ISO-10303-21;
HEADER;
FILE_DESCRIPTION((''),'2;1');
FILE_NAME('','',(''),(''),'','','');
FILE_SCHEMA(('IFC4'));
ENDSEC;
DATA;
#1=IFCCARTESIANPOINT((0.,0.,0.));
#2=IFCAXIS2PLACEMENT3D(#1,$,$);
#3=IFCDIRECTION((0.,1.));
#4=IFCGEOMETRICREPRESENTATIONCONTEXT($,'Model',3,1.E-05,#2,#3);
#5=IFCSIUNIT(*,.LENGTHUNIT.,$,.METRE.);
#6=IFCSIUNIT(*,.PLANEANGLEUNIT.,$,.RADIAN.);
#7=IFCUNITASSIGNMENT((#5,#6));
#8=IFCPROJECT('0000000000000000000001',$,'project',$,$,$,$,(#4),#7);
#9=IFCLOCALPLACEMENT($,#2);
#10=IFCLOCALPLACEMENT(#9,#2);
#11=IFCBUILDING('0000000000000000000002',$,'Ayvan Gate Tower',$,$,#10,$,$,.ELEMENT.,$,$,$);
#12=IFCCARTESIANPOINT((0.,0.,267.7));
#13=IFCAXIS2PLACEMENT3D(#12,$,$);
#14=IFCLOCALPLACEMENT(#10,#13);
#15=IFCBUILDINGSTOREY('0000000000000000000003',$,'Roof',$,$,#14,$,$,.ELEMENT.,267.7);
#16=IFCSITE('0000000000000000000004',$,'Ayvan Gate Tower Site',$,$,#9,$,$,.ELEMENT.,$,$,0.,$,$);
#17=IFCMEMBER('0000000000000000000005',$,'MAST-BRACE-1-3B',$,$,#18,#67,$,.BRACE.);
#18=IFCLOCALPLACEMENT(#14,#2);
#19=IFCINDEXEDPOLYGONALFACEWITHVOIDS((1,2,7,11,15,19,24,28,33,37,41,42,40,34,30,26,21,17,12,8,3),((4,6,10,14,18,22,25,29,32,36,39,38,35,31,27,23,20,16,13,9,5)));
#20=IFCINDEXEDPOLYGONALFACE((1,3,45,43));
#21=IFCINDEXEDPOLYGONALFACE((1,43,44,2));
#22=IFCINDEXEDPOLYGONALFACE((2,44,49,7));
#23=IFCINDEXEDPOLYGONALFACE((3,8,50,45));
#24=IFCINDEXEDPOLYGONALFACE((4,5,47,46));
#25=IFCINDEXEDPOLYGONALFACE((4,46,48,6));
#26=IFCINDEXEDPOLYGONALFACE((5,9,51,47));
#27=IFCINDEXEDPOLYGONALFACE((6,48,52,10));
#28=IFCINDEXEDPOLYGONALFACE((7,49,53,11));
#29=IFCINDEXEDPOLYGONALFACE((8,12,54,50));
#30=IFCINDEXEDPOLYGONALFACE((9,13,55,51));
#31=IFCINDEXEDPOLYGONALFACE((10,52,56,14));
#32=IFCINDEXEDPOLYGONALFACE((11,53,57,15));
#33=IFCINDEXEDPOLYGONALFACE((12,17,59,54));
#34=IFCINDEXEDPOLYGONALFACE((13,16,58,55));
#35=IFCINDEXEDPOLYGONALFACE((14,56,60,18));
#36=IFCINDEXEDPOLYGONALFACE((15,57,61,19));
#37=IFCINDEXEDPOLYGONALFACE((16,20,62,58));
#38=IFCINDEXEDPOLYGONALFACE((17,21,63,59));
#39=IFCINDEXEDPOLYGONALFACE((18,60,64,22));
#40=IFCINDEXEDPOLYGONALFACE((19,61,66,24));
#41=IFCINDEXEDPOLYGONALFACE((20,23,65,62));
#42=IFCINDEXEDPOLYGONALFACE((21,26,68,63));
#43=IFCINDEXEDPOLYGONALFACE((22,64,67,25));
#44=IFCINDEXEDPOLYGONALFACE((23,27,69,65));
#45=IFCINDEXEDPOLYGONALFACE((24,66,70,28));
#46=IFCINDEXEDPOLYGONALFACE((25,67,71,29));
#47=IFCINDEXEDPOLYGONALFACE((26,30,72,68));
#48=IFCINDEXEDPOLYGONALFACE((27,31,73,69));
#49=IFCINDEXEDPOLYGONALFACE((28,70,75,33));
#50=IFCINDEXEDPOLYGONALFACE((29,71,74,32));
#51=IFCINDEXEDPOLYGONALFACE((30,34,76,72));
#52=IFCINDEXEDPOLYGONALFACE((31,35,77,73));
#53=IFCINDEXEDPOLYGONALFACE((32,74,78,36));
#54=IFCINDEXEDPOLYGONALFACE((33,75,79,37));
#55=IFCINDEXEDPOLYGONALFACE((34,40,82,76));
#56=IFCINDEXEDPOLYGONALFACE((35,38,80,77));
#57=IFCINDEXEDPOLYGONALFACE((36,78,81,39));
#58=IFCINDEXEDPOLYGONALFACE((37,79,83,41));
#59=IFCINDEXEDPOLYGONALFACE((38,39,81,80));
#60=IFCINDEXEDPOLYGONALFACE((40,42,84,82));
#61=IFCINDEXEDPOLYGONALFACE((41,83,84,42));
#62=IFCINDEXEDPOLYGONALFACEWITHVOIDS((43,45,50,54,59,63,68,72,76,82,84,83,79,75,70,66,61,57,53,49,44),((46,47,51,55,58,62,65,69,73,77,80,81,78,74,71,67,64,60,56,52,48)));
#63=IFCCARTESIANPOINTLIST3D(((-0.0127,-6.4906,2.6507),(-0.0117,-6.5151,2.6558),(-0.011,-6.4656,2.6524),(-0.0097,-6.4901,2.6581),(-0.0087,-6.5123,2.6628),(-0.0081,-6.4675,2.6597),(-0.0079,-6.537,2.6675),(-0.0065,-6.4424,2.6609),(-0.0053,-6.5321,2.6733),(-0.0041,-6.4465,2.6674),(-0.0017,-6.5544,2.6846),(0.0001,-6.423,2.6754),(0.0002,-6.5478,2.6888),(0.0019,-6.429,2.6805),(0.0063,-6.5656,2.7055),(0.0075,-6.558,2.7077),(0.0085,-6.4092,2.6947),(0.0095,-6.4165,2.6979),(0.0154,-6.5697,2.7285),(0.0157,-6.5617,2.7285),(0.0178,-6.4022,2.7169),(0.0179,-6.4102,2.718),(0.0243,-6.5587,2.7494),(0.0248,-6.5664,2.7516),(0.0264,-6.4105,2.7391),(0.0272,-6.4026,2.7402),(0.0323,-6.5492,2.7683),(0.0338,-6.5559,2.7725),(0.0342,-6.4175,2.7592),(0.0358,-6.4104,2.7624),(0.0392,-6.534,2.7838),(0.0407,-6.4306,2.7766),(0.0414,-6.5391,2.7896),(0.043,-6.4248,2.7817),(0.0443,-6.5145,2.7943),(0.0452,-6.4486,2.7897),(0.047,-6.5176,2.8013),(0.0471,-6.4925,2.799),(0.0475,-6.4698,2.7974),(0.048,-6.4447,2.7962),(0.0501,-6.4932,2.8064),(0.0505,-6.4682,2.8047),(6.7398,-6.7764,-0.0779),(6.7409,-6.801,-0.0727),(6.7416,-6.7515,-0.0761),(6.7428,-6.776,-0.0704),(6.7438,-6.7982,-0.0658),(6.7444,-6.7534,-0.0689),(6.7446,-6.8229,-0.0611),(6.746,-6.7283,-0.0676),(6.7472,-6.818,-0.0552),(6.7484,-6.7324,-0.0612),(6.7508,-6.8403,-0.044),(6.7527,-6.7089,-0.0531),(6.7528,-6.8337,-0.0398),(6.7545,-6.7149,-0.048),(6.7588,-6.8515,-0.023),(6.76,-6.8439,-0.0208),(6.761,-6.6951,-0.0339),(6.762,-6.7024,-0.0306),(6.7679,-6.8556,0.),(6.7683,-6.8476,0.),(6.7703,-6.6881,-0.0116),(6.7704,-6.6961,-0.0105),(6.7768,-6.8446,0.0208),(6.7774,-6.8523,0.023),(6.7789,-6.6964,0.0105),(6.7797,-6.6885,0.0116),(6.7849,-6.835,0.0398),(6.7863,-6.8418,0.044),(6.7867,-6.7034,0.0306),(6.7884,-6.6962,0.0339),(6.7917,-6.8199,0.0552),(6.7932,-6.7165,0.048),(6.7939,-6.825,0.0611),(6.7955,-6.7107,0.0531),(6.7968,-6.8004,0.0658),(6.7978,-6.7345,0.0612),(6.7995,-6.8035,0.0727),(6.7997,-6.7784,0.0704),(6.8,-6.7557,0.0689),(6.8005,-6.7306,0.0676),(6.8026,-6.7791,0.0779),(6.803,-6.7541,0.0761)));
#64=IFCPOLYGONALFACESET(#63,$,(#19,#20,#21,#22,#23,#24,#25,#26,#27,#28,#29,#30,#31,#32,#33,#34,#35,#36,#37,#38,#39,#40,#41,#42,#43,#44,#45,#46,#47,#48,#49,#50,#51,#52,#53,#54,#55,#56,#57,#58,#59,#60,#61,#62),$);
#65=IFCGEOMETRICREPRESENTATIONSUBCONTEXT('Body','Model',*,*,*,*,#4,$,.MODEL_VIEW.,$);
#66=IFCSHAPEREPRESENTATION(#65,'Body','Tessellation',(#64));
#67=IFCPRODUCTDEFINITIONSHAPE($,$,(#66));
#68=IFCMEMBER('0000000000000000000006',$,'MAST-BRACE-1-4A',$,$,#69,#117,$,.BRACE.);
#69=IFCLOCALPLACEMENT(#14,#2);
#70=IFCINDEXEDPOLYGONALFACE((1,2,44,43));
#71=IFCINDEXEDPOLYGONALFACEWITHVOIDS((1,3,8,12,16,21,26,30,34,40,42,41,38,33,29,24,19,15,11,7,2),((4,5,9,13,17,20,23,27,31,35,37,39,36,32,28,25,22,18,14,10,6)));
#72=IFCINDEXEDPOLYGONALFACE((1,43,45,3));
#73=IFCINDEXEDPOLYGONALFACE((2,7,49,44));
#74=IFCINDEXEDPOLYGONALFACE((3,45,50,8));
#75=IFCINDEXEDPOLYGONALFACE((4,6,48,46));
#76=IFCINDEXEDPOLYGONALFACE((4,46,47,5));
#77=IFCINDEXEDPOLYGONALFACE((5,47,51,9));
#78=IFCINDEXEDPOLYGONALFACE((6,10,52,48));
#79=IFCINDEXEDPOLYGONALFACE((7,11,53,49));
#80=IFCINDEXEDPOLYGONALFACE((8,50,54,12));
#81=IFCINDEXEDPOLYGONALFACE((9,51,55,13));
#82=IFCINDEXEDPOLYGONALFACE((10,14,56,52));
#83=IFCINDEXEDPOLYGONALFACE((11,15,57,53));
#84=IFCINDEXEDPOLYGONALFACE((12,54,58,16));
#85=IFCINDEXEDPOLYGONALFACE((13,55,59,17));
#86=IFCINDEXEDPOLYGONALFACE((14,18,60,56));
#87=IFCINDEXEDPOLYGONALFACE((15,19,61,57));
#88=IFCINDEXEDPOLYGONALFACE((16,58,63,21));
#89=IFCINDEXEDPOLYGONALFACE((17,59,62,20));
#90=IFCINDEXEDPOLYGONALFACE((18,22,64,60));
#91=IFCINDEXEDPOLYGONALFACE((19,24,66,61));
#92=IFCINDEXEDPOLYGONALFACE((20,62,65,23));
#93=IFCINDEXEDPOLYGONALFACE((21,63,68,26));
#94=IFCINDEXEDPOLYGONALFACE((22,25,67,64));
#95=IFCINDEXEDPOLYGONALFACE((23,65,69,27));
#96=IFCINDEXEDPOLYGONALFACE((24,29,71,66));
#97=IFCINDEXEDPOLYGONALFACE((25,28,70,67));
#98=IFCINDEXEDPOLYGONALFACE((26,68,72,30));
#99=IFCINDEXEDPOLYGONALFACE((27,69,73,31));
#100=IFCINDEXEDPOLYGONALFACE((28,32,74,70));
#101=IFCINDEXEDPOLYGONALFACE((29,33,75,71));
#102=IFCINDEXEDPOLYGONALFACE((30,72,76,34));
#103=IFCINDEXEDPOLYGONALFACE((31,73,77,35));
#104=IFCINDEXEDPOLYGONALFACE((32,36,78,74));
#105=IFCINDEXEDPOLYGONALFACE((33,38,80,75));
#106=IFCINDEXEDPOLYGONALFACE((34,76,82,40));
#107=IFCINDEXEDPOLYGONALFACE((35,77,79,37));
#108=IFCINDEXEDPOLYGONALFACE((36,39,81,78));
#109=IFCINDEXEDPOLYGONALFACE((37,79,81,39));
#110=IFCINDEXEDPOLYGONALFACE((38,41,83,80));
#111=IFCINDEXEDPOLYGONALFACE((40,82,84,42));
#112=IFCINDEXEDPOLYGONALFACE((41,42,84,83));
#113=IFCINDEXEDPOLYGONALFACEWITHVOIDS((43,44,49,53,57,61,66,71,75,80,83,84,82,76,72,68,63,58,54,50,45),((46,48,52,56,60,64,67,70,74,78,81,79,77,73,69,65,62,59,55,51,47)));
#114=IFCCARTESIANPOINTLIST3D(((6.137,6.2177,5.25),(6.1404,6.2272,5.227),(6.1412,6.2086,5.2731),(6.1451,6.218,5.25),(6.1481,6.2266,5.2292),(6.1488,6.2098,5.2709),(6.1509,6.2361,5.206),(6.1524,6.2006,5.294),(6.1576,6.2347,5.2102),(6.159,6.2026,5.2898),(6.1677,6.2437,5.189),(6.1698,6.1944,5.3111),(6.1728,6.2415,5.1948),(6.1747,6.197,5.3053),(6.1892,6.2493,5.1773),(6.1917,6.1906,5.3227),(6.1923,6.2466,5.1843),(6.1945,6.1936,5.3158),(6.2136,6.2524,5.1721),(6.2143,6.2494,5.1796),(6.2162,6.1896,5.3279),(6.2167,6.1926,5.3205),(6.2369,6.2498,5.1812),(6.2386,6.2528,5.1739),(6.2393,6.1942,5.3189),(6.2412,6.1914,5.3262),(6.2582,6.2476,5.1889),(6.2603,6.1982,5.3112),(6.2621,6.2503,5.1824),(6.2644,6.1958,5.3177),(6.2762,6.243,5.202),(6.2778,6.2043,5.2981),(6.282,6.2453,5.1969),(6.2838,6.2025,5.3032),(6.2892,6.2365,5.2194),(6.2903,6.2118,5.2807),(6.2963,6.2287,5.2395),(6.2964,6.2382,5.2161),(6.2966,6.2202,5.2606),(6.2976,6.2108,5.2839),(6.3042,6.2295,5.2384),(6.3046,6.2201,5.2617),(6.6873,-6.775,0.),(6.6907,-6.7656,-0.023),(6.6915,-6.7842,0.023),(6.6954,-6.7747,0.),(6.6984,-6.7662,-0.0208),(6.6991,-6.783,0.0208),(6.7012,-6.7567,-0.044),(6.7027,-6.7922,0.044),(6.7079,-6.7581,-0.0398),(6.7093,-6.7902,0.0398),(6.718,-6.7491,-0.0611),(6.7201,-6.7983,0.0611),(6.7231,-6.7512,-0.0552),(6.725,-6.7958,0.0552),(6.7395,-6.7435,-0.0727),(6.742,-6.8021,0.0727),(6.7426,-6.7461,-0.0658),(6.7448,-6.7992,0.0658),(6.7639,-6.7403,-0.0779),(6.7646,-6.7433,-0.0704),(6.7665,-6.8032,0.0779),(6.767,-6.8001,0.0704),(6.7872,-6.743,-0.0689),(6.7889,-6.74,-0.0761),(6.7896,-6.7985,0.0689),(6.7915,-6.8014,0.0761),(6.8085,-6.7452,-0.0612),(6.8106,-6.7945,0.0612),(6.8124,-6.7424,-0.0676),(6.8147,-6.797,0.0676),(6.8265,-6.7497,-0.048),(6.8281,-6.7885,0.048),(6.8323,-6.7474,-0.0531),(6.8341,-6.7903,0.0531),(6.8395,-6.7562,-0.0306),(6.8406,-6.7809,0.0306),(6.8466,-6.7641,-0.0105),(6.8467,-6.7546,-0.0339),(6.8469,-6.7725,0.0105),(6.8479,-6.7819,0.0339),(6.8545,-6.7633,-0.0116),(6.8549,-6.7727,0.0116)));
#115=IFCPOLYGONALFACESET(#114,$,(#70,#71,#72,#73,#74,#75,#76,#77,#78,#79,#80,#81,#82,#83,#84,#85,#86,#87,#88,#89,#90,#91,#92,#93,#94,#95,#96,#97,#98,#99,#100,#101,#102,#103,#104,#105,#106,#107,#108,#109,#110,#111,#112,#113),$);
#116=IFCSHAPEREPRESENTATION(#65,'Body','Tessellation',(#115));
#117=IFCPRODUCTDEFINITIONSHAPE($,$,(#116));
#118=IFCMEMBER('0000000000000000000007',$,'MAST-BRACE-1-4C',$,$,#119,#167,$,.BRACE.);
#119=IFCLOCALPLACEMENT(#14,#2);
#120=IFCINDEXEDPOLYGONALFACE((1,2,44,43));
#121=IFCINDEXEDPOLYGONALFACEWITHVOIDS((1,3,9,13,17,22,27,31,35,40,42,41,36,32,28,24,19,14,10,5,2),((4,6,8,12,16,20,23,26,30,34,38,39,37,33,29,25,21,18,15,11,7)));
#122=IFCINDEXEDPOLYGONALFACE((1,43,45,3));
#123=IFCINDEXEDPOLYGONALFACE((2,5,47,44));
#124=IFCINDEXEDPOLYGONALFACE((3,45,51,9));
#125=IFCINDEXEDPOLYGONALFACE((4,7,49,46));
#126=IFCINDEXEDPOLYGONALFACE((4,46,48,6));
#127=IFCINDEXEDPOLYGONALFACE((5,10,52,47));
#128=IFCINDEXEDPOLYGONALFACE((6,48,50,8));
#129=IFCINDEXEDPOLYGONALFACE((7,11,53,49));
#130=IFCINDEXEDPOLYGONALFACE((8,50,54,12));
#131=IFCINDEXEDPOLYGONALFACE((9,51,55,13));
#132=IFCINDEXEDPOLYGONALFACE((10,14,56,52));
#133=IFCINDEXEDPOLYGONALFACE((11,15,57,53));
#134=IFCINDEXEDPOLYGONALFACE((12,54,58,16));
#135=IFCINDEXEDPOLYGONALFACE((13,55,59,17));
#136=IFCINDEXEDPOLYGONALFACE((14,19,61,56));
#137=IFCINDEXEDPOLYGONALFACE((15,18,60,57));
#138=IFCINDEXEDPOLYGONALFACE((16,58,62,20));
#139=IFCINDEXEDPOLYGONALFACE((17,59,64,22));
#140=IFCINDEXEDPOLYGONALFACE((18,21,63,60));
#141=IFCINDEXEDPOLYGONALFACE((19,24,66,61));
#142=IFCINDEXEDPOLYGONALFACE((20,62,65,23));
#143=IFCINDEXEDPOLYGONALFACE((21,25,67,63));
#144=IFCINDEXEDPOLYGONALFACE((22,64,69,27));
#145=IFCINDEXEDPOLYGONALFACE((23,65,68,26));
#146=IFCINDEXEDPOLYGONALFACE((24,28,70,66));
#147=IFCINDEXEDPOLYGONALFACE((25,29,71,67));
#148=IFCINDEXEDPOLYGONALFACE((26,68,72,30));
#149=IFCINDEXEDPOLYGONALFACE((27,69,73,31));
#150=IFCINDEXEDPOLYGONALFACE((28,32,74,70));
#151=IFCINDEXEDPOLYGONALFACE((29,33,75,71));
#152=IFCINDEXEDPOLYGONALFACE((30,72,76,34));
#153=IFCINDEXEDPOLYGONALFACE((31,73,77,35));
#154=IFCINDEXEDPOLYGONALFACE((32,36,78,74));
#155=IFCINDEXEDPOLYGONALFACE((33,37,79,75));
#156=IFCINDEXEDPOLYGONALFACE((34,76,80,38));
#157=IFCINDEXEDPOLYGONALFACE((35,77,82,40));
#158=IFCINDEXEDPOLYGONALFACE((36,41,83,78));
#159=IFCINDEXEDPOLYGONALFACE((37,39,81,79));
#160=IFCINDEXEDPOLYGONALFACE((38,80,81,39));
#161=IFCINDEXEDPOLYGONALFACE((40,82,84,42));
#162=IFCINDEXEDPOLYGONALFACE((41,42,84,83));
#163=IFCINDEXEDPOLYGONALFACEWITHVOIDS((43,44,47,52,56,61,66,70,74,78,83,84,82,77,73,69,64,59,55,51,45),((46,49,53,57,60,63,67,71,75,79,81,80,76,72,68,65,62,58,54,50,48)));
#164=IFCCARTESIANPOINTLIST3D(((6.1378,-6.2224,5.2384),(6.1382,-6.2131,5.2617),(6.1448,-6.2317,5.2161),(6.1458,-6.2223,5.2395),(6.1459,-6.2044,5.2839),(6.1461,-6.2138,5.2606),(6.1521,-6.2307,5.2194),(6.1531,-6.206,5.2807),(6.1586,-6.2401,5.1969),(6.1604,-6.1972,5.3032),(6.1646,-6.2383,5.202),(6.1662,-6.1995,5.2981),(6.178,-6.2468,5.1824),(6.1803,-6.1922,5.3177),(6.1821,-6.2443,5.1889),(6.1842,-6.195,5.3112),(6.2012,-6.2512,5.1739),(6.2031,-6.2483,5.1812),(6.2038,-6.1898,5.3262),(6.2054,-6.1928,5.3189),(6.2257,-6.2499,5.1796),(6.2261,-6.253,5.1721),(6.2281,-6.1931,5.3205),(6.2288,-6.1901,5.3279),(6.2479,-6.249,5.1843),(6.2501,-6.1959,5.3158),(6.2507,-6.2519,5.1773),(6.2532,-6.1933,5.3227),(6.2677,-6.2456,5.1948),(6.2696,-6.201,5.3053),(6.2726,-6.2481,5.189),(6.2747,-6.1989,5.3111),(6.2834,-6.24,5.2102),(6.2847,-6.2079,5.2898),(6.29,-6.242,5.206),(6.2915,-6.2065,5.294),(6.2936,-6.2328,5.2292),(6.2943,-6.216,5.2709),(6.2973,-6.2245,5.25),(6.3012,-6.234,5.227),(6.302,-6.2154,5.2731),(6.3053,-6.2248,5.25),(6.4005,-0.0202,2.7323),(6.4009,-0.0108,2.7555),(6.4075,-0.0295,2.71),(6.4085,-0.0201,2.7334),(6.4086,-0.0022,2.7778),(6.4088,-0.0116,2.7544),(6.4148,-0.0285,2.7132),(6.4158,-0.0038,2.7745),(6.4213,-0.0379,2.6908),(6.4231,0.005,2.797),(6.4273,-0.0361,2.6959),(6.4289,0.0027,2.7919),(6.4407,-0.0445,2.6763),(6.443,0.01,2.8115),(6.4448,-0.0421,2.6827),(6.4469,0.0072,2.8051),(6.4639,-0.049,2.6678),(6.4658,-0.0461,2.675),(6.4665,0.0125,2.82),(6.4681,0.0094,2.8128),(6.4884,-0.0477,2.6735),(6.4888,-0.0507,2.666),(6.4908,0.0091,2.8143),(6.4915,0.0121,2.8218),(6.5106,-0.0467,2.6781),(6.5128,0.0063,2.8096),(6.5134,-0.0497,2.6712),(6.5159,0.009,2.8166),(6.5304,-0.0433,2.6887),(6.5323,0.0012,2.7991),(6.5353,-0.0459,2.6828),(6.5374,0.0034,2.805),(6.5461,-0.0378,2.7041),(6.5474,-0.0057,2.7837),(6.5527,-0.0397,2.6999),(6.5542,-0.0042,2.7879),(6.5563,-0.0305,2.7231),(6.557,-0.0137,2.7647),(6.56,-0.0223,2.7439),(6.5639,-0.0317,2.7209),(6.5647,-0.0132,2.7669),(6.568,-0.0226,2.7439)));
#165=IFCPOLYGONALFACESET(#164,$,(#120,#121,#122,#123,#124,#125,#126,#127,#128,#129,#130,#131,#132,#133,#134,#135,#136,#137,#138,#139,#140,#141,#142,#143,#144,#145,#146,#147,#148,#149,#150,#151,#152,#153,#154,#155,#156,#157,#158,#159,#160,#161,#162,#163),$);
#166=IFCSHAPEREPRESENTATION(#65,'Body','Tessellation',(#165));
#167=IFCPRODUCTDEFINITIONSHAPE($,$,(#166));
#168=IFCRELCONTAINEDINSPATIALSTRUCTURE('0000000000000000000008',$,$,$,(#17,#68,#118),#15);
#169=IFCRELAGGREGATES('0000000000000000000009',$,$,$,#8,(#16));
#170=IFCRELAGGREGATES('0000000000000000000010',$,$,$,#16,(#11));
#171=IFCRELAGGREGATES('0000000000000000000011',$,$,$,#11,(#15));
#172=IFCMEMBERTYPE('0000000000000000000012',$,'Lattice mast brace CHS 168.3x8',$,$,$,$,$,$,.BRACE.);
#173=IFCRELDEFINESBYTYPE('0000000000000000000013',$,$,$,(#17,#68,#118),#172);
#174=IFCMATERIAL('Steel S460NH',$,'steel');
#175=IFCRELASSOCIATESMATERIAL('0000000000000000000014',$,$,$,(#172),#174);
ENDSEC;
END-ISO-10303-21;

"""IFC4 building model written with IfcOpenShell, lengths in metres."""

from ifc_helpers import new_model, si_unit, direction, frame, origin, origin_2d, place, context, subcontext, project, spatial, hollow_circle, extrude, material, material_profile, profile_set, type_object, element, save


model = new_model("IFC4")

# Units and contexts
model_context = context("Model", 3, precision=1e-05, world=origin(), true_north=direction((0.0, 1.0)))
body_context = subcontext(model_context, "Body", "Model", "MODEL_VIEW")
ifc_project = project(units=[si_unit("LENGTHUNIT", "METRE"), si_unit("PLANEANGLEUNIT", "RADIAN")], contexts=[model_context])

# Site, building, storey
site_placement = place(None, origin())
site = spatial("IfcSite", under=ifc_project, at=site_placement, Name="Ayvan Gate Tower Site", CompositionType="ELEMENT", RefElevation=0.0)
building_placement = place(site_placement, origin())
building = spatial("IfcBuilding", under=site, at=building_placement, Name="Ayvan Gate Tower", CompositionType="ELEMENT")
storey_placement = place(building_placement, frame((0.0, 0.0, 267.7)))
storey = spatial("IfcBuildingStorey", under=building, at=storey_placement, Name="Roof", CompositionType="ELEMENT", Elevation=267.7)

# Members
ifc_material_1 = material(Name="Steel S460NH", Category="steel")
ifc_material_profile_1 = material_profile(ifc_material_1, hollow_circle(Radius=0.0842, WallThickness=0.0081, at=origin_2d()), Name="CHS 168.3x8")
ifc_profile_set_1 = profile_set([ifc_material_profile_1], Name="Steel S460NH")
member_type_1 = type_object("IfcMemberType", Name="Lattice mast brace CHS 168.3x8", PredefinedType="BRACE", material=ifc_profile_set_1)
member_1_placement = place(storey_placement, frame((6.7715, -6.7715, 0.0), z_axis=(-0.926454, 0.039225, 0.37436), x_axis=(-0.042301, -0.999105, 0.0)))
element("IfcMember", 1, at=member_1_placement, inside=storey, type_object=member_type_1, Name="MAST-BRACE-1-3B", PredefinedType="BRACE", context=body_context, shape_type="SweptSolid", body=[
    extrude(hollow_circle(Radius=0.0842, WallThickness=0.0081, at=origin_2d()), origin(), (0.0, 0.0, 1.0), 7.2886),
])
member_2_placement = place(storey_placement, frame((6.7715, -6.7715, 0.0), z_axis=(-0.039239, 0.926454, 0.374356), x_axis=(-0.999104, -0.042316, 0.0)))
element("IfcMember", 2, at=member_2_placement, inside=storey, type_object=member_type_1, Name="MAST-BRACE-1-4A", PredefinedType="BRACE", context=body_context, shape_type="SweptSolid", body=[
    extrude(hollow_circle(Radius=0.0842, WallThickness=0.0081, at=origin_2d()), origin(), (0.0, 0.0, 1.0), 14.0242),
])
member_3_placement = place(storey_placement, frame((6.4839, -0.019, 2.7439), z_axis=(-0.039241, -0.926456, 0.374353), x_axis=(0.999104, -0.042318, 0.0)))
element("IfcMember", 3, at=member_3_placement, inside=storey, type_object=member_type_1, Name="MAST-BRACE-1-4C", PredefinedType="BRACE", context=body_context, shape_type="SweptSolid", body=[
    extrude(hollow_circle(Radius=0.0842, WallThickness=0.0081, at=origin_2d()), origin(), (0.0, 0.0, 1.0), 6.6946),
])

save(model, "model.ifc")
